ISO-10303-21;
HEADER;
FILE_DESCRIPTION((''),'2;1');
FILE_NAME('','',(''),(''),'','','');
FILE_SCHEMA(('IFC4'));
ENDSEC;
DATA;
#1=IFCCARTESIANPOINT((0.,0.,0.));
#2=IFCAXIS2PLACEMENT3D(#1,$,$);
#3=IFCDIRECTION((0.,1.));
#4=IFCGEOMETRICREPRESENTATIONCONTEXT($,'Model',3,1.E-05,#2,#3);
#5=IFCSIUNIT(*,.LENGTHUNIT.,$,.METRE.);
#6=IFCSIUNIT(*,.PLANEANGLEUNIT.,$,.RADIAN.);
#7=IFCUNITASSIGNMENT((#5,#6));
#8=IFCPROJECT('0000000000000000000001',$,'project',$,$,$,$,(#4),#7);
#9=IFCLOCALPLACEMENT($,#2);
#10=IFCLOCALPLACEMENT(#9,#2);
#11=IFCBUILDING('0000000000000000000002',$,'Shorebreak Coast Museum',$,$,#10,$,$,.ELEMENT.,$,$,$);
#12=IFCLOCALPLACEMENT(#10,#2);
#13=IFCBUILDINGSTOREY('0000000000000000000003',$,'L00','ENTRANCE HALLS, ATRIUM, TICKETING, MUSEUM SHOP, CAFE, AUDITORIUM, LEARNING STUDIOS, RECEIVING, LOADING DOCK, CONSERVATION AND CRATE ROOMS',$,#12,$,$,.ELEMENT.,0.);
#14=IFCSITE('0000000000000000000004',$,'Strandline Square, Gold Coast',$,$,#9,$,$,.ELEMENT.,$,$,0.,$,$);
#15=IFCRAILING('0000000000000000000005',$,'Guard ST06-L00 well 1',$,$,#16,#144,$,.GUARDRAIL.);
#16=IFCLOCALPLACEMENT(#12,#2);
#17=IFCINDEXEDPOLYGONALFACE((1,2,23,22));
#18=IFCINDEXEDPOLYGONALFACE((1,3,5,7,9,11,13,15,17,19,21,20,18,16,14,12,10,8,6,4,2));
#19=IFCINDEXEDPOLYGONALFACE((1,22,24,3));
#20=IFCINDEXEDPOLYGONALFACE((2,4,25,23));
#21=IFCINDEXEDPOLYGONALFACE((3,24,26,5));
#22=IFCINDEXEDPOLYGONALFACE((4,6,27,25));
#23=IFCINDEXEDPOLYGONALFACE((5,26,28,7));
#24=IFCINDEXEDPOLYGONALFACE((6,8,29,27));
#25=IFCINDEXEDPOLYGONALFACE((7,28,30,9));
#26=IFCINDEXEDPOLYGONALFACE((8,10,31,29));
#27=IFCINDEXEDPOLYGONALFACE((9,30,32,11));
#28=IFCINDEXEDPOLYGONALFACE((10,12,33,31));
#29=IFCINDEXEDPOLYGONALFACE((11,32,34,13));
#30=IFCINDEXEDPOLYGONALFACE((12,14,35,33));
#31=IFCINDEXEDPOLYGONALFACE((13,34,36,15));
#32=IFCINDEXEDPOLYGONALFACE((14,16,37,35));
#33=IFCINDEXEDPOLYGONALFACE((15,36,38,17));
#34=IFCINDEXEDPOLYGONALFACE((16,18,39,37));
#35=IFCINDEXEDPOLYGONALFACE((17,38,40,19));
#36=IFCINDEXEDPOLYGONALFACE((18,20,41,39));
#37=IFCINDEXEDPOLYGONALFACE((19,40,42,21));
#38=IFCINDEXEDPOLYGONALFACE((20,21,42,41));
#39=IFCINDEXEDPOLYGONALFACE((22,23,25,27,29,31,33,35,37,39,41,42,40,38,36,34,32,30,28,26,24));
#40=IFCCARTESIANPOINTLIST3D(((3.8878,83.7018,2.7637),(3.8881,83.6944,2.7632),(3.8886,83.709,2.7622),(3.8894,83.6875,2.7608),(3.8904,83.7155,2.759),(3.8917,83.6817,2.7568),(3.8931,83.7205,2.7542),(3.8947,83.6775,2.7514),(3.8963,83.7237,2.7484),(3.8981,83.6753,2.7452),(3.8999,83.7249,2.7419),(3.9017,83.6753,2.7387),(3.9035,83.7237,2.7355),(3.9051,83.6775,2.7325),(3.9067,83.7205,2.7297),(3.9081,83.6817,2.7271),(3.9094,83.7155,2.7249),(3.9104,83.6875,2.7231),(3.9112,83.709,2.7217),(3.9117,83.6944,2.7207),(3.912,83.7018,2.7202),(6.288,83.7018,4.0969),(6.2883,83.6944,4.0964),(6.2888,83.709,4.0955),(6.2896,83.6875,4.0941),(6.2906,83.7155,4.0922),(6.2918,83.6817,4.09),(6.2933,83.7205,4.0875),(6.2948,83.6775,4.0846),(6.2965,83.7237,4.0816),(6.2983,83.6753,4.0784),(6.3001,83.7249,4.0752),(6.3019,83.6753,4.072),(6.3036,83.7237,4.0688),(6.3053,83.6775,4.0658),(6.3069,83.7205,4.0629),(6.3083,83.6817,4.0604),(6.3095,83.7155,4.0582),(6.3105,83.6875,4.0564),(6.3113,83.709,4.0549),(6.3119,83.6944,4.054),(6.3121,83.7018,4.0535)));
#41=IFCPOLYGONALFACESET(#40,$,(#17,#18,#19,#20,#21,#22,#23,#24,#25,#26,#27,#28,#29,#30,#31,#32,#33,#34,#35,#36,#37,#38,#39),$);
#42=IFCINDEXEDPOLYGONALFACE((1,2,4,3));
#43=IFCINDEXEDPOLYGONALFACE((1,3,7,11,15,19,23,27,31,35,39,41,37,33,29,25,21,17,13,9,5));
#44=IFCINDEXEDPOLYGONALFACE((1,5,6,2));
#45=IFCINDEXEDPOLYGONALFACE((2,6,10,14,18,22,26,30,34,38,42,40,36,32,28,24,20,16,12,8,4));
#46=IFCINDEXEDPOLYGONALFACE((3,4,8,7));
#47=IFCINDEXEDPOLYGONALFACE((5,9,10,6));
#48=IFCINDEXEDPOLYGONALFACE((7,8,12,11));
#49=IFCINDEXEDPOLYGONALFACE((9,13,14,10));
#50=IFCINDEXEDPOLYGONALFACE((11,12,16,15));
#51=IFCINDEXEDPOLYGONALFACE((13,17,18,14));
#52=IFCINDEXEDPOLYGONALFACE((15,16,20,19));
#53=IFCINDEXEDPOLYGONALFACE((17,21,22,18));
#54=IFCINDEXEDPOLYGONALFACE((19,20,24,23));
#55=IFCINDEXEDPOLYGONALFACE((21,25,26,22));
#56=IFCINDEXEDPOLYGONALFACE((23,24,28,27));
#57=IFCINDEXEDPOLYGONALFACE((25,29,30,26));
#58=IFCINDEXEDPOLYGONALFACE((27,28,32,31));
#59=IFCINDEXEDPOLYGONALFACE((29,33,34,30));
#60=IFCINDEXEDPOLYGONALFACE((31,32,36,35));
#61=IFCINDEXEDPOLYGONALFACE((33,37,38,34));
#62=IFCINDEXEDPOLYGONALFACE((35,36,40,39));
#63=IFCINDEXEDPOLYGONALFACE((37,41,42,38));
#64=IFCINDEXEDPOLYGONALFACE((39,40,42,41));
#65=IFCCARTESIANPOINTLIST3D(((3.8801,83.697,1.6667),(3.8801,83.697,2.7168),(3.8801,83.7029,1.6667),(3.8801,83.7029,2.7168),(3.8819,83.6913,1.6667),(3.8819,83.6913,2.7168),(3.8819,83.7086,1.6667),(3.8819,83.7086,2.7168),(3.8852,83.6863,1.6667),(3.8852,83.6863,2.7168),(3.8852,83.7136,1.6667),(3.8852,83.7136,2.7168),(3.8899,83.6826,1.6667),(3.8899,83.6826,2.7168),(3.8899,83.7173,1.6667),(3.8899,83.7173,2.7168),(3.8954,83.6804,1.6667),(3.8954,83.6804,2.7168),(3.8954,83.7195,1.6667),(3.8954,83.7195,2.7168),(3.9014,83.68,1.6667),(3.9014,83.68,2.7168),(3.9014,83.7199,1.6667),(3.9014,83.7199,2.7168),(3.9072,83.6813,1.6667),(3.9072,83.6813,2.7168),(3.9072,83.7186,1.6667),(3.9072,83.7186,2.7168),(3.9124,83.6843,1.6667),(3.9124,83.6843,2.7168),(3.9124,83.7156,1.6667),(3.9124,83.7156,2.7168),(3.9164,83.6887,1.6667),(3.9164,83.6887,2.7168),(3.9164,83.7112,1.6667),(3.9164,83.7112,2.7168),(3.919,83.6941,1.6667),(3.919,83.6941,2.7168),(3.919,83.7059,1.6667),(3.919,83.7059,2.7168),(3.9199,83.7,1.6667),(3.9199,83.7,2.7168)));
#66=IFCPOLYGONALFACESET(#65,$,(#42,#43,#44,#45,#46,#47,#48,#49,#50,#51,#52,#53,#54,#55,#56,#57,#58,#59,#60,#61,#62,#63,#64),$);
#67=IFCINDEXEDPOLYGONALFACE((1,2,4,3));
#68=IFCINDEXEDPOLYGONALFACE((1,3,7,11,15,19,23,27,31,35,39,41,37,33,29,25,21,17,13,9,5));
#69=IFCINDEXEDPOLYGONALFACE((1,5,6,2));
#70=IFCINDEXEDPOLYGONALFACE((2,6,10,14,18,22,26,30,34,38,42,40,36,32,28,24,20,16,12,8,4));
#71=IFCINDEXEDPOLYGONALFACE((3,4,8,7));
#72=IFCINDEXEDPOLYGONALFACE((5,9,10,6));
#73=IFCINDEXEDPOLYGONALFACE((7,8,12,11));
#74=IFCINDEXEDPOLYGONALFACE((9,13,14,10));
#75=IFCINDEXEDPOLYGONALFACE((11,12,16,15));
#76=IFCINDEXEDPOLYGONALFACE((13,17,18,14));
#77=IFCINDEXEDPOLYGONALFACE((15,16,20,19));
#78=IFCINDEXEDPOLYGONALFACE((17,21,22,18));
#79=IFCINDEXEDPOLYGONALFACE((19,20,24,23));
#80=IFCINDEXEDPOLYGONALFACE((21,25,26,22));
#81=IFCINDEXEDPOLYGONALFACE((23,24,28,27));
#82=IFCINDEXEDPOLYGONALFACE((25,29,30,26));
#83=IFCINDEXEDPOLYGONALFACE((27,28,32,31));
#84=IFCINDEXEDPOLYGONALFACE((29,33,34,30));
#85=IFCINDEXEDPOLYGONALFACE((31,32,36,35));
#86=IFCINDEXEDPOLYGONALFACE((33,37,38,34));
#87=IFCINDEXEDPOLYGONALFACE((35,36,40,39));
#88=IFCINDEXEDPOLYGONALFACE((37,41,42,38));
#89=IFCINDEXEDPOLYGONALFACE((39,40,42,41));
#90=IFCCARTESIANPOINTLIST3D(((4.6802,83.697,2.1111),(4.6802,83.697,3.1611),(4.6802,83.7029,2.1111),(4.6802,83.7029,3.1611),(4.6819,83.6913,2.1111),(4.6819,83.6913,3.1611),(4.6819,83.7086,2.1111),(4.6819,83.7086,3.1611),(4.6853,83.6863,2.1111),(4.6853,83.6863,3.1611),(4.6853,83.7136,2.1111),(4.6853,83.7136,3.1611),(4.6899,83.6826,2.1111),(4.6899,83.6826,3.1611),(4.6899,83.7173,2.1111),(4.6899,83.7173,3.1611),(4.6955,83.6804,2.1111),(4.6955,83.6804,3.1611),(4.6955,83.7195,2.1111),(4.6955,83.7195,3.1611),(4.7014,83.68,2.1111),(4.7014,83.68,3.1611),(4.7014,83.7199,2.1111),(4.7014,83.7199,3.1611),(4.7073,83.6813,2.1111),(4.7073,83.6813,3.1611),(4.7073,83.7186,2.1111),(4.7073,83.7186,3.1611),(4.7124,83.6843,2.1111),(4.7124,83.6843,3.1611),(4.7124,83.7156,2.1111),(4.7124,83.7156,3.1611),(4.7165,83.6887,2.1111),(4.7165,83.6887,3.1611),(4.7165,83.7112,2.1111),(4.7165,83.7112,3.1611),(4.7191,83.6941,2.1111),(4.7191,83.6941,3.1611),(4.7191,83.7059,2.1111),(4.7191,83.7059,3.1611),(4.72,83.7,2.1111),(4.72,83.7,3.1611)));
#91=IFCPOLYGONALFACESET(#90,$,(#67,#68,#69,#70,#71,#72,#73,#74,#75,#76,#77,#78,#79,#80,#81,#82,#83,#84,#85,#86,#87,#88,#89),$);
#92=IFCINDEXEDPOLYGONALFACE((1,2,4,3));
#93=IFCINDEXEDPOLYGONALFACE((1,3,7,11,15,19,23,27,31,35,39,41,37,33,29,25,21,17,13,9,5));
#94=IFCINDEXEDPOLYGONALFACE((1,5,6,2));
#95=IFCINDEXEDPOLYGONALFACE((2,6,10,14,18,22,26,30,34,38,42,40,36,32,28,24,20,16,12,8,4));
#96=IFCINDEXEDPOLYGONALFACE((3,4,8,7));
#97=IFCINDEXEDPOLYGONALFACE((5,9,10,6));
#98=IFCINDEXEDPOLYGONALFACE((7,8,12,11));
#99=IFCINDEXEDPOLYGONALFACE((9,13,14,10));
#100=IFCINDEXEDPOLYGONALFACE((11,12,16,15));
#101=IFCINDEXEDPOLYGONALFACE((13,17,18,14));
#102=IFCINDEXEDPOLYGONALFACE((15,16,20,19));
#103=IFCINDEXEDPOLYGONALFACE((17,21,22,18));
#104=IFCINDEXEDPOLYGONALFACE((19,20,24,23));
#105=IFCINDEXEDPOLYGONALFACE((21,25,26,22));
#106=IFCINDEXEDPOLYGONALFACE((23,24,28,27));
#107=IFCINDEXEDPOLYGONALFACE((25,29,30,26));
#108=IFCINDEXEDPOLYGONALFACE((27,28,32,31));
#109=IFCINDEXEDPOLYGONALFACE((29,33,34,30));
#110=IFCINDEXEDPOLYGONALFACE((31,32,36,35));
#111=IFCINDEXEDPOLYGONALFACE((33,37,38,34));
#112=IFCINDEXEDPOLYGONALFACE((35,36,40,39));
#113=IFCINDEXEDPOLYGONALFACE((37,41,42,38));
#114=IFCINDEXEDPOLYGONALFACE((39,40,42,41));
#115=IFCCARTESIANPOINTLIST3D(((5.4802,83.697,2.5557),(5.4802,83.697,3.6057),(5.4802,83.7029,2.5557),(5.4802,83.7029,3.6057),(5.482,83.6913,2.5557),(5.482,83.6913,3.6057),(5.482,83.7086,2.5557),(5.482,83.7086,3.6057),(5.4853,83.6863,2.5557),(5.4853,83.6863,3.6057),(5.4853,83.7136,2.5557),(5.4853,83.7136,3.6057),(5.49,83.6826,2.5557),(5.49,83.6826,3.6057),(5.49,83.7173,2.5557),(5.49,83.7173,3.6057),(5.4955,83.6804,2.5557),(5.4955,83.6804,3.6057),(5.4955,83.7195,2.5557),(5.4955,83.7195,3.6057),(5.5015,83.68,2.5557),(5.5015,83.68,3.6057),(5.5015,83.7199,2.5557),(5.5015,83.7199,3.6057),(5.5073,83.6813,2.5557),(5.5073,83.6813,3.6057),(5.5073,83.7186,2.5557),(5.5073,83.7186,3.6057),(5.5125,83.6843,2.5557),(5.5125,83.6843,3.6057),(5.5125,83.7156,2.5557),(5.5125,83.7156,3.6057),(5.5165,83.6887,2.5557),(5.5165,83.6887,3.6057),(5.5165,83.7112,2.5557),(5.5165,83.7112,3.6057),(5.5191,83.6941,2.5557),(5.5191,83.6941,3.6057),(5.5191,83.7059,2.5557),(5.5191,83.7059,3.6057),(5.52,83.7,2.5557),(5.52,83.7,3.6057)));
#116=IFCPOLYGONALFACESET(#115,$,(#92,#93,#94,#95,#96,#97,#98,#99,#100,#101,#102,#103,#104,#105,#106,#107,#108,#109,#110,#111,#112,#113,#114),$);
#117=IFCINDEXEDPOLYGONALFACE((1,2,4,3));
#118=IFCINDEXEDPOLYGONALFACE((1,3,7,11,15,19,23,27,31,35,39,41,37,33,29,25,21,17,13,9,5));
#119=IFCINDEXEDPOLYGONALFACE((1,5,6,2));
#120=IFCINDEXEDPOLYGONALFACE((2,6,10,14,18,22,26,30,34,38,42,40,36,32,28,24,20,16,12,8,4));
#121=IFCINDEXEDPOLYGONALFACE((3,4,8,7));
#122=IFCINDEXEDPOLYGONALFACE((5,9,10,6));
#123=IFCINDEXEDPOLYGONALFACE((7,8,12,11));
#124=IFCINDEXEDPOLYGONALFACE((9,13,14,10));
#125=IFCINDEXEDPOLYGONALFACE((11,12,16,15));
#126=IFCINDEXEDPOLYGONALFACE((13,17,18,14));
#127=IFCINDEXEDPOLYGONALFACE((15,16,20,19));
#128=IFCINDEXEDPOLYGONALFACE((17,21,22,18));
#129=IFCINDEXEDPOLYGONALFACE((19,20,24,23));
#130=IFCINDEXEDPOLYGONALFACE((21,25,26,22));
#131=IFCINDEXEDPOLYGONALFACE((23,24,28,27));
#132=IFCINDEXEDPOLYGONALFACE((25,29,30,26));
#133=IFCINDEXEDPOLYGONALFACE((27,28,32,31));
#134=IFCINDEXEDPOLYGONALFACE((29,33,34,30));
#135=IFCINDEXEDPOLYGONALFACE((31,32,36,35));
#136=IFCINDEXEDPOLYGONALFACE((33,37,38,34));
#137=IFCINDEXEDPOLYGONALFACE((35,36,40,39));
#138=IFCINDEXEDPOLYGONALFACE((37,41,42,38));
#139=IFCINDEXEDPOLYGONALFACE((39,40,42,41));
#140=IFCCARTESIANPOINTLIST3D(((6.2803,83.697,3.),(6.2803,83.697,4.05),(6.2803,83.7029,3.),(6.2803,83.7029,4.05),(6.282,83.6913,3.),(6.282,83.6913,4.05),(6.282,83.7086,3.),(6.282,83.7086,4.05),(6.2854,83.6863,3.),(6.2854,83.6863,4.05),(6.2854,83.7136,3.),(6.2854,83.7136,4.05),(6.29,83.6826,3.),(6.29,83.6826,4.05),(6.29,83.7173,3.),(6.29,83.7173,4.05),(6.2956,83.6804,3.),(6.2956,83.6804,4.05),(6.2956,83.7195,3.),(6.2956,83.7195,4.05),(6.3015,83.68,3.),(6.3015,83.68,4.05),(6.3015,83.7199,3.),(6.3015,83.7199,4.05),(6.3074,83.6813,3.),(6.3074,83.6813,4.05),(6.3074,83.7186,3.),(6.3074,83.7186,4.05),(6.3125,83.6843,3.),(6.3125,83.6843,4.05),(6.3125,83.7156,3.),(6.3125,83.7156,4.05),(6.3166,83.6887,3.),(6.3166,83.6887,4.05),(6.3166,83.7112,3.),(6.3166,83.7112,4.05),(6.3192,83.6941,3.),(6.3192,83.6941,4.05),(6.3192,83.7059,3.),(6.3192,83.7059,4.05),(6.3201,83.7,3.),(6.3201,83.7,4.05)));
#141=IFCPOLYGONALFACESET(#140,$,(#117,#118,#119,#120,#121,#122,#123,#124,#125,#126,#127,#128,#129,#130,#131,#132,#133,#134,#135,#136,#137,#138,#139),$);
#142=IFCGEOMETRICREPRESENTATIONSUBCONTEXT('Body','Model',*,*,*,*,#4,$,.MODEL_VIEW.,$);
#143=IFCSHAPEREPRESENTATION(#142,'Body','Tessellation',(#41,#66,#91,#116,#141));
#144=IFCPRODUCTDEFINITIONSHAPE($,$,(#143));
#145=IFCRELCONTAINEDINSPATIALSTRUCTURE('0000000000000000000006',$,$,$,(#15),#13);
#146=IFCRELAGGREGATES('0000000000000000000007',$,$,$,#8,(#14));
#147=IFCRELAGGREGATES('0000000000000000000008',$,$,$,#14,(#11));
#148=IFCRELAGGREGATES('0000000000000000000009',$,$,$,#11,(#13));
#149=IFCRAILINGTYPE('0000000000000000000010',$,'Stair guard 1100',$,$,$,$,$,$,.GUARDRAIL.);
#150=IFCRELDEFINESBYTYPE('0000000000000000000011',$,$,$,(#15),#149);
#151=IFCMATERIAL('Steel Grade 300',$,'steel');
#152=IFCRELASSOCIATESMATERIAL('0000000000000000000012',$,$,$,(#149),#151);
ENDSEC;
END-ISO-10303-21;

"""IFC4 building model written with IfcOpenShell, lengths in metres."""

from ifc_helpers import new_model, si_unit, direction, frame, origin, origin_2d, place, context, subcontext, project, spatial, circle, extrude, material, type_object, element, save


model = new_model("IFC4")

# Units and contexts
model_context = context("Model", 3, precision=1e-05, world=origin(), true_north=direction((0.0, 1.0)))
body_context = subcontext(model_context, "Body", "Model", "MODEL_VIEW")
ifc_project = project(units=[si_unit("LENGTHUNIT", "METRE"), si_unit("PLANEANGLEUNIT", "RADIAN")], contexts=[model_context])

# Site, building, storey
site_placement = place(None, origin())
site = spatial("IfcSite", under=ifc_project, at=site_placement, Name="Strandline Square, Gold Coast", CompositionType="ELEMENT", RefElevation=0.0)
building_placement = place(site_placement, origin())
building = spatial("IfcBuilding", under=site, at=building_placement, Name="Shorebreak Coast Museum", CompositionType="ELEMENT")
storey_placement = place(building_placement, origin())
storey = spatial("IfcBuildingStorey", under=building, at=storey_placement, Name="L00", Description="ENTRANCE HALLS, ATRIUM, TICKETING, MUSEUM SHOP, CAFE, AUDITORIUM, LEARNING STUDIOS, RECEIVING, LOADING DOCK, CONSERVATION AND CRATE ROOMS", CompositionType="ELEMENT", Elevation=0.0)

# Railing
ifc_material_1 = material(Name="Steel Grade 300", Category="steel")
railing_type_1 = type_object("IfcRailingType", Name="Stair guard 1100", PredefinedType="GUARDRAIL", material=ifc_material_1)
for number, where, name in (
    (1, (3.8999, 83.7, 1.6667), "Guard ST06-L00 well 1"),
):
    element("IfcRailing", number, at=place(storey_placement, frame(where)), inside=storey, type_object=railing_type_1, Name=name, PredefinedType="GUARDRAIL", context=body_context, shape_type="SweptSolid", body=[
        extrude(circle(Radius=0.0249, at=origin_2d()), frame((0.0, 0.0, 1.0752), z_axis=(0.874182, 0.0, 0.485598), x_axis=(0.0, 1.0, 0.0)), (0.0, 0.0, 1.0), 2.7456),
        extrude(circle(Radius=0.02, at=origin_2d()), origin(), (0.0, 0.0, 1.0), 1.05),
        extrude(circle(Radius=0.02, at=origin_2d()), frame((0.8, 0.0, 0.4443)), (0.0, 0.0, 1.0), 1.05),
        extrude(circle(Radius=0.02, at=origin_2d()), frame((1.6001, 0.0, 0.8889)), (0.0, 0.0, 1.0), 1.05),
        extrude(circle(Radius=0.02, at=origin_2d()), frame((2.4001, 0.0, 1.3333)), (0.0, 0.0, 1.0), 1.05),
    ])

save(model, "model.ifc")
